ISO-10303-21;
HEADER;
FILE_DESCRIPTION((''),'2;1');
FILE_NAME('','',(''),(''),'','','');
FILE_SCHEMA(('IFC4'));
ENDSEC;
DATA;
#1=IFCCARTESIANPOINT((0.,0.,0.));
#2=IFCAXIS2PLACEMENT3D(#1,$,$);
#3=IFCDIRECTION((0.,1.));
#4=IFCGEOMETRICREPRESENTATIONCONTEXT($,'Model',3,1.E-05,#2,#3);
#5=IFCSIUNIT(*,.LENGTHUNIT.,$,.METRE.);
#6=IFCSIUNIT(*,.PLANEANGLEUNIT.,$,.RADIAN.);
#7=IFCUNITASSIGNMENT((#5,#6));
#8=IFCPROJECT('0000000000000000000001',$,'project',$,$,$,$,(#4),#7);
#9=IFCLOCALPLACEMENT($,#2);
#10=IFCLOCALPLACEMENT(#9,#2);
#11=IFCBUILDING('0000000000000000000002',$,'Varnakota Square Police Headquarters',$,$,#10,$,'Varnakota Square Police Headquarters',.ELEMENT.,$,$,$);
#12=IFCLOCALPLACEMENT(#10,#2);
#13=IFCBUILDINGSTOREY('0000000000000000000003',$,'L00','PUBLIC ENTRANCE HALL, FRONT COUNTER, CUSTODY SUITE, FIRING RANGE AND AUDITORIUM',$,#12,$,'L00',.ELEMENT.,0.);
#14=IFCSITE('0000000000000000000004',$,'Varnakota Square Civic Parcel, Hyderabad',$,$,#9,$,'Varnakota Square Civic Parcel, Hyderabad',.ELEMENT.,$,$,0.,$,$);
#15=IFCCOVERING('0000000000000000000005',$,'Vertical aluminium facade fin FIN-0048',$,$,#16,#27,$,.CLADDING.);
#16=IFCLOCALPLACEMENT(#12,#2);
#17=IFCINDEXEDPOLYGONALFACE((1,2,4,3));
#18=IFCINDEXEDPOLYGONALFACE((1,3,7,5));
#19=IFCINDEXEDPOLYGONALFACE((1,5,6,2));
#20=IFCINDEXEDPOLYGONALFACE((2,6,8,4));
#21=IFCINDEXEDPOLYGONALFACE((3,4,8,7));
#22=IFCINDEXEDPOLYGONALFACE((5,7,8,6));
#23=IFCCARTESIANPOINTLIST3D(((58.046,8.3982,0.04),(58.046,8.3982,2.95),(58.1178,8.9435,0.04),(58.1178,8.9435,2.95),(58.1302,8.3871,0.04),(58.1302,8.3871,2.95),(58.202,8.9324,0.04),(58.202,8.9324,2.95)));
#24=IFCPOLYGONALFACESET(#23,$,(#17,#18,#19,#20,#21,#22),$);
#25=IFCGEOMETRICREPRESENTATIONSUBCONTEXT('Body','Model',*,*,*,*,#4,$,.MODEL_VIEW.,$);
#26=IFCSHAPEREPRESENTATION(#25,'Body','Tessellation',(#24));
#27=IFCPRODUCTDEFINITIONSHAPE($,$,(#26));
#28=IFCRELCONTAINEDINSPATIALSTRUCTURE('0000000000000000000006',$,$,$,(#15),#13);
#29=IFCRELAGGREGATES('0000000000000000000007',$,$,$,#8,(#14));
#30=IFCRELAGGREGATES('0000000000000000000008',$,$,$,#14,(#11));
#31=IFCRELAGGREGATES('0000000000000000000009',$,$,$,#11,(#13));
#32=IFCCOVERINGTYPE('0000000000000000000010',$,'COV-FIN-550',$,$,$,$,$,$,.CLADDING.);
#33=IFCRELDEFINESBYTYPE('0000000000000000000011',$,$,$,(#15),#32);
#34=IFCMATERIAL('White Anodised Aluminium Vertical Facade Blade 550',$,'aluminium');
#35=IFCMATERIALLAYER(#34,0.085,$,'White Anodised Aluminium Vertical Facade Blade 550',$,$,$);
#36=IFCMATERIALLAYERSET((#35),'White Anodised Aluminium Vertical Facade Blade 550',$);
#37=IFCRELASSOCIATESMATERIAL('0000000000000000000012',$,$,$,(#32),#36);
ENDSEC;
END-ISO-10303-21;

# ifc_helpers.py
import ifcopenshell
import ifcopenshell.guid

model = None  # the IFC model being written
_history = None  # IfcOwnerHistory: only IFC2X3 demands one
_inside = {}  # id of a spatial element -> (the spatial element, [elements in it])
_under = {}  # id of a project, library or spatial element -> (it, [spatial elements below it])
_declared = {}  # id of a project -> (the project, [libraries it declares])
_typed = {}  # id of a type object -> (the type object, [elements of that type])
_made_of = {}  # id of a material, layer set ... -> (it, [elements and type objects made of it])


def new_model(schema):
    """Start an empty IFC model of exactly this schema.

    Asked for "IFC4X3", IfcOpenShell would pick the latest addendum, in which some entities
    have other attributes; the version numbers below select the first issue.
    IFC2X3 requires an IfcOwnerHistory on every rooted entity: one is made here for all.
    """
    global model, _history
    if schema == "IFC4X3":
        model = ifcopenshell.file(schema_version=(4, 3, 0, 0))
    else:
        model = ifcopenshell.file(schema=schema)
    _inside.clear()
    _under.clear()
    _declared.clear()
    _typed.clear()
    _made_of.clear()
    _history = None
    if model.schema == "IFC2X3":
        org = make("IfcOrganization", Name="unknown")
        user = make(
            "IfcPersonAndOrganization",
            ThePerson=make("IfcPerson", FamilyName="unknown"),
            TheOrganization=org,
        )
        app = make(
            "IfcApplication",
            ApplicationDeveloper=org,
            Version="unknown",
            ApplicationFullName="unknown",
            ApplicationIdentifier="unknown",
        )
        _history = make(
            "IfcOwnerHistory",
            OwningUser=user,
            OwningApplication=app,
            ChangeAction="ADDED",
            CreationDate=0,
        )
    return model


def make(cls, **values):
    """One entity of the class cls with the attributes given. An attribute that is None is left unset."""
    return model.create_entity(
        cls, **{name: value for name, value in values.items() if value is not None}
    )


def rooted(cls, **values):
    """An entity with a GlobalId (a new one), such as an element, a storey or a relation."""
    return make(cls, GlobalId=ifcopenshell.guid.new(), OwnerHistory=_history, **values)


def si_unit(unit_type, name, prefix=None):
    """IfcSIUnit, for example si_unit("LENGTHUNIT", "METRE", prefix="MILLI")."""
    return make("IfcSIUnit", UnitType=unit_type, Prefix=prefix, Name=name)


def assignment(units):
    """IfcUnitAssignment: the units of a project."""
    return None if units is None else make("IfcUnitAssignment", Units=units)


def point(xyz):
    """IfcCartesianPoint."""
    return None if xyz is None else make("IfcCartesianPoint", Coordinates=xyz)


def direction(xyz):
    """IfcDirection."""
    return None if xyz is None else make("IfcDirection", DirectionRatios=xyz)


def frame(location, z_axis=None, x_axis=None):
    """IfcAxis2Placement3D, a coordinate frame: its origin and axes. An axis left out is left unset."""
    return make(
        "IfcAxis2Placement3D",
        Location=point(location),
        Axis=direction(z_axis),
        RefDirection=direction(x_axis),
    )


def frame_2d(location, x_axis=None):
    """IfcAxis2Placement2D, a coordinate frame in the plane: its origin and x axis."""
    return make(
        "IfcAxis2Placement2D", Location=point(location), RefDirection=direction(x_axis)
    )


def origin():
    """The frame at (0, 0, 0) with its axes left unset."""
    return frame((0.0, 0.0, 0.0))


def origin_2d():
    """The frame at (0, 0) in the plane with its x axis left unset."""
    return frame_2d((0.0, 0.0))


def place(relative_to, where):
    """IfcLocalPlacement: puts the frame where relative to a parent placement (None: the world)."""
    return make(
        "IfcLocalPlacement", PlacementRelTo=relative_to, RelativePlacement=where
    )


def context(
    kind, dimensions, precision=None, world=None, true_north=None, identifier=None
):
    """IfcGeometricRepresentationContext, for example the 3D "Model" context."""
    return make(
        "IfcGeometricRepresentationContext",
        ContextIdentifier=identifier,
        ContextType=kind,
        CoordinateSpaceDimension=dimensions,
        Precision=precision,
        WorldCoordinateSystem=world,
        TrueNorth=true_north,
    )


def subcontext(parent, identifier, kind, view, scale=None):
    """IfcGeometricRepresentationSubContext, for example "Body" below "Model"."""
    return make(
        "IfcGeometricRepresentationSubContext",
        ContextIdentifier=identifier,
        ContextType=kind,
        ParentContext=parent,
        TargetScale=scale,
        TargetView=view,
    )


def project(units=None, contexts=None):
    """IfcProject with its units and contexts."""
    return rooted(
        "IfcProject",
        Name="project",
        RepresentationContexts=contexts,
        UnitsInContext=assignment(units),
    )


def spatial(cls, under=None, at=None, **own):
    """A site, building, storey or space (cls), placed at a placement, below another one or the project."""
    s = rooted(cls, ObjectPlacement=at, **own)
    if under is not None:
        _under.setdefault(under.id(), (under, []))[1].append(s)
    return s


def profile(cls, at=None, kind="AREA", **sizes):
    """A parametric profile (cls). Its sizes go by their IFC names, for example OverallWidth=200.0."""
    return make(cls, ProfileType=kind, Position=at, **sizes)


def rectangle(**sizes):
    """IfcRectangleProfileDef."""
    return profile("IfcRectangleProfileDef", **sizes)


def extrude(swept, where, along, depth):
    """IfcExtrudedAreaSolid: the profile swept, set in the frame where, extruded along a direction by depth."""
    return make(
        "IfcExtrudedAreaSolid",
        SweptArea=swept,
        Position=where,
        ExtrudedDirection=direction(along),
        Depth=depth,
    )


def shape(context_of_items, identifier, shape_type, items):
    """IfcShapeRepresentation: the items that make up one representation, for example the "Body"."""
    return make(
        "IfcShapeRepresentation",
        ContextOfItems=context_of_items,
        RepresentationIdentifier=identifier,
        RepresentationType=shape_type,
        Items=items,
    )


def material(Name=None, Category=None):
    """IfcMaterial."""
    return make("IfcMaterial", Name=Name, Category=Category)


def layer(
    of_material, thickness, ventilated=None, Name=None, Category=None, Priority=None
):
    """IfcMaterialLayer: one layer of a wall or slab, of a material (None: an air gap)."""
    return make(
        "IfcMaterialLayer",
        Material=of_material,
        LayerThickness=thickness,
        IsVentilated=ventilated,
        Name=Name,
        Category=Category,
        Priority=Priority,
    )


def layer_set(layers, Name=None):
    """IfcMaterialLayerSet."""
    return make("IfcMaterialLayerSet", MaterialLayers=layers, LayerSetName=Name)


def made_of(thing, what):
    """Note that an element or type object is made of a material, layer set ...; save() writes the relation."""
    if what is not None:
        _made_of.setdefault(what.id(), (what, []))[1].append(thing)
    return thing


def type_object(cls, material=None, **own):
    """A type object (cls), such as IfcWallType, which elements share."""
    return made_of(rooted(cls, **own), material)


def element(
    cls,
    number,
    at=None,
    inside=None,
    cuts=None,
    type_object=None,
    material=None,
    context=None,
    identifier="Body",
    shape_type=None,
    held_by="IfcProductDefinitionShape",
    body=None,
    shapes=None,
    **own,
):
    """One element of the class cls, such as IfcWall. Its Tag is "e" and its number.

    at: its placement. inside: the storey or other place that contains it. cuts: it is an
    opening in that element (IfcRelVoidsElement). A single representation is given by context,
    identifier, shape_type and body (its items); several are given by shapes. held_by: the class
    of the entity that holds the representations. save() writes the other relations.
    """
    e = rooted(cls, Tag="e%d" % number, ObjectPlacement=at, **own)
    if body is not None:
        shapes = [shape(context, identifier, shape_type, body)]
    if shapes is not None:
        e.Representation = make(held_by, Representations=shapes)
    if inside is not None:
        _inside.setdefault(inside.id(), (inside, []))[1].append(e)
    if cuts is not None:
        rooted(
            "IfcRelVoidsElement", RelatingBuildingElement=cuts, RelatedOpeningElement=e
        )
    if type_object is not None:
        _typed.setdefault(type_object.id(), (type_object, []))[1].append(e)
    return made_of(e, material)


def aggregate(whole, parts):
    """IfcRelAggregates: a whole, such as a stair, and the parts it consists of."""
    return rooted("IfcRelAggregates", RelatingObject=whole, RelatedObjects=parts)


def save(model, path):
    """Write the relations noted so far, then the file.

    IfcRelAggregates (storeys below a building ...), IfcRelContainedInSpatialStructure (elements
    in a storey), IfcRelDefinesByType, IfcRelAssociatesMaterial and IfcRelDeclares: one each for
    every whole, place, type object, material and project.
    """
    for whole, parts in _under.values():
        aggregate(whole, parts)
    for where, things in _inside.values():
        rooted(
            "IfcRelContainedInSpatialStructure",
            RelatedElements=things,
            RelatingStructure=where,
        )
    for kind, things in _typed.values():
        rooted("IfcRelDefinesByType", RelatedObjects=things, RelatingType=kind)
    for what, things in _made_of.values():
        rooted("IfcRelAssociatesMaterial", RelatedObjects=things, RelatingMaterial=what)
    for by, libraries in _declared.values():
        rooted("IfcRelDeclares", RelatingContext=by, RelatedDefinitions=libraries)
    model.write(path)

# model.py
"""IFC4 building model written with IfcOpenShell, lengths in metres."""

from ifc_helpers import new_model, si_unit, direction, frame, origin, origin_2d, place, context, subcontext, project, spatial, rectangle, extrude, material, layer, layer_set, type_object, element, save


model = new_model("IFC4")

# Units and contexts
model_context = context("Model", 3, precision=1e-05, world=origin(), true_north=direction((0.0, 1.0)))
body_context = subcontext(model_context, "Body", "Model", "MODEL_VIEW")
ifc_project = project(units=[si_unit("LENGTHUNIT", "METRE"), si_unit("PLANEANGLEUNIT", "RADIAN")], contexts=[model_context])

# Site, building, storey
site_placement = place(None, origin())
site = spatial("IfcSite", under=ifc_project, at=site_placement, Name="Varnakota Square Civic Parcel, Hyderabad", LongName="Varnakota Square Civic Parcel, Hyderabad", CompositionType="ELEMENT", RefElevation=0.0)
building_placement = place(site_placement, origin())
building = spatial("IfcBuilding", under=site, at=building_placement, Name="Varnakota Square Police Headquarters", LongName="Varnakota Square Police Headquarters", CompositionType="ELEMENT")
storey_placement = place(building_placement, origin())
storey = spatial("IfcBuildingStorey", under=building, at=storey_placement, Name="L00", Description="PUBLIC ENTRANCE HALL, FRONT COUNTER, CUSTODY SUITE, FIRING RANGE AND AUDITORIUM", LongName="L00", CompositionType="ELEMENT", Elevation=0.0)

# Covering
ifc_material_1 = material(Name="White Anodised Aluminium Vertical Facade Blade 550", Category="aluminium")
ifc_layer_1 = layer(ifc_material_1, 0.085, Name="White Anodised Aluminium Vertical Facade Blade 550")
ifc_layer_set_1 = layer_set([ifc_layer_1], Name="White Anodised Aluminium Vertical Facade Blade 550")
covering_type_1 = type_object("IfcCoveringType", Name="COV-FIN-550", PredefinedType="CLADDING", material=ifc_layer_set_1)
for number, where, z_axis, x_axis, name in (
    (1, (58.124, 8.6653, 0.04), (0.0, 0.0, 1.0), (0.991445, -0.130526, 0.0), "Vertical aluminium facade fin FIN-0048"),
):
    element("IfcCovering", number, at=place(storey_placement, frame(where, z_axis=z_axis, x_axis=x_axis)), inside=storey, type_object=covering_type_1, Name=name, PredefinedType="CLADDING", context=body_context, shape_type="SweptSolid", body=[
        extrude(rectangle(XDim=0.085, YDim=0.55, at=origin_2d()), origin(), (0.0, 0.0, 1.0), 2.9099),
    ])

save(model, "model.ifc")
